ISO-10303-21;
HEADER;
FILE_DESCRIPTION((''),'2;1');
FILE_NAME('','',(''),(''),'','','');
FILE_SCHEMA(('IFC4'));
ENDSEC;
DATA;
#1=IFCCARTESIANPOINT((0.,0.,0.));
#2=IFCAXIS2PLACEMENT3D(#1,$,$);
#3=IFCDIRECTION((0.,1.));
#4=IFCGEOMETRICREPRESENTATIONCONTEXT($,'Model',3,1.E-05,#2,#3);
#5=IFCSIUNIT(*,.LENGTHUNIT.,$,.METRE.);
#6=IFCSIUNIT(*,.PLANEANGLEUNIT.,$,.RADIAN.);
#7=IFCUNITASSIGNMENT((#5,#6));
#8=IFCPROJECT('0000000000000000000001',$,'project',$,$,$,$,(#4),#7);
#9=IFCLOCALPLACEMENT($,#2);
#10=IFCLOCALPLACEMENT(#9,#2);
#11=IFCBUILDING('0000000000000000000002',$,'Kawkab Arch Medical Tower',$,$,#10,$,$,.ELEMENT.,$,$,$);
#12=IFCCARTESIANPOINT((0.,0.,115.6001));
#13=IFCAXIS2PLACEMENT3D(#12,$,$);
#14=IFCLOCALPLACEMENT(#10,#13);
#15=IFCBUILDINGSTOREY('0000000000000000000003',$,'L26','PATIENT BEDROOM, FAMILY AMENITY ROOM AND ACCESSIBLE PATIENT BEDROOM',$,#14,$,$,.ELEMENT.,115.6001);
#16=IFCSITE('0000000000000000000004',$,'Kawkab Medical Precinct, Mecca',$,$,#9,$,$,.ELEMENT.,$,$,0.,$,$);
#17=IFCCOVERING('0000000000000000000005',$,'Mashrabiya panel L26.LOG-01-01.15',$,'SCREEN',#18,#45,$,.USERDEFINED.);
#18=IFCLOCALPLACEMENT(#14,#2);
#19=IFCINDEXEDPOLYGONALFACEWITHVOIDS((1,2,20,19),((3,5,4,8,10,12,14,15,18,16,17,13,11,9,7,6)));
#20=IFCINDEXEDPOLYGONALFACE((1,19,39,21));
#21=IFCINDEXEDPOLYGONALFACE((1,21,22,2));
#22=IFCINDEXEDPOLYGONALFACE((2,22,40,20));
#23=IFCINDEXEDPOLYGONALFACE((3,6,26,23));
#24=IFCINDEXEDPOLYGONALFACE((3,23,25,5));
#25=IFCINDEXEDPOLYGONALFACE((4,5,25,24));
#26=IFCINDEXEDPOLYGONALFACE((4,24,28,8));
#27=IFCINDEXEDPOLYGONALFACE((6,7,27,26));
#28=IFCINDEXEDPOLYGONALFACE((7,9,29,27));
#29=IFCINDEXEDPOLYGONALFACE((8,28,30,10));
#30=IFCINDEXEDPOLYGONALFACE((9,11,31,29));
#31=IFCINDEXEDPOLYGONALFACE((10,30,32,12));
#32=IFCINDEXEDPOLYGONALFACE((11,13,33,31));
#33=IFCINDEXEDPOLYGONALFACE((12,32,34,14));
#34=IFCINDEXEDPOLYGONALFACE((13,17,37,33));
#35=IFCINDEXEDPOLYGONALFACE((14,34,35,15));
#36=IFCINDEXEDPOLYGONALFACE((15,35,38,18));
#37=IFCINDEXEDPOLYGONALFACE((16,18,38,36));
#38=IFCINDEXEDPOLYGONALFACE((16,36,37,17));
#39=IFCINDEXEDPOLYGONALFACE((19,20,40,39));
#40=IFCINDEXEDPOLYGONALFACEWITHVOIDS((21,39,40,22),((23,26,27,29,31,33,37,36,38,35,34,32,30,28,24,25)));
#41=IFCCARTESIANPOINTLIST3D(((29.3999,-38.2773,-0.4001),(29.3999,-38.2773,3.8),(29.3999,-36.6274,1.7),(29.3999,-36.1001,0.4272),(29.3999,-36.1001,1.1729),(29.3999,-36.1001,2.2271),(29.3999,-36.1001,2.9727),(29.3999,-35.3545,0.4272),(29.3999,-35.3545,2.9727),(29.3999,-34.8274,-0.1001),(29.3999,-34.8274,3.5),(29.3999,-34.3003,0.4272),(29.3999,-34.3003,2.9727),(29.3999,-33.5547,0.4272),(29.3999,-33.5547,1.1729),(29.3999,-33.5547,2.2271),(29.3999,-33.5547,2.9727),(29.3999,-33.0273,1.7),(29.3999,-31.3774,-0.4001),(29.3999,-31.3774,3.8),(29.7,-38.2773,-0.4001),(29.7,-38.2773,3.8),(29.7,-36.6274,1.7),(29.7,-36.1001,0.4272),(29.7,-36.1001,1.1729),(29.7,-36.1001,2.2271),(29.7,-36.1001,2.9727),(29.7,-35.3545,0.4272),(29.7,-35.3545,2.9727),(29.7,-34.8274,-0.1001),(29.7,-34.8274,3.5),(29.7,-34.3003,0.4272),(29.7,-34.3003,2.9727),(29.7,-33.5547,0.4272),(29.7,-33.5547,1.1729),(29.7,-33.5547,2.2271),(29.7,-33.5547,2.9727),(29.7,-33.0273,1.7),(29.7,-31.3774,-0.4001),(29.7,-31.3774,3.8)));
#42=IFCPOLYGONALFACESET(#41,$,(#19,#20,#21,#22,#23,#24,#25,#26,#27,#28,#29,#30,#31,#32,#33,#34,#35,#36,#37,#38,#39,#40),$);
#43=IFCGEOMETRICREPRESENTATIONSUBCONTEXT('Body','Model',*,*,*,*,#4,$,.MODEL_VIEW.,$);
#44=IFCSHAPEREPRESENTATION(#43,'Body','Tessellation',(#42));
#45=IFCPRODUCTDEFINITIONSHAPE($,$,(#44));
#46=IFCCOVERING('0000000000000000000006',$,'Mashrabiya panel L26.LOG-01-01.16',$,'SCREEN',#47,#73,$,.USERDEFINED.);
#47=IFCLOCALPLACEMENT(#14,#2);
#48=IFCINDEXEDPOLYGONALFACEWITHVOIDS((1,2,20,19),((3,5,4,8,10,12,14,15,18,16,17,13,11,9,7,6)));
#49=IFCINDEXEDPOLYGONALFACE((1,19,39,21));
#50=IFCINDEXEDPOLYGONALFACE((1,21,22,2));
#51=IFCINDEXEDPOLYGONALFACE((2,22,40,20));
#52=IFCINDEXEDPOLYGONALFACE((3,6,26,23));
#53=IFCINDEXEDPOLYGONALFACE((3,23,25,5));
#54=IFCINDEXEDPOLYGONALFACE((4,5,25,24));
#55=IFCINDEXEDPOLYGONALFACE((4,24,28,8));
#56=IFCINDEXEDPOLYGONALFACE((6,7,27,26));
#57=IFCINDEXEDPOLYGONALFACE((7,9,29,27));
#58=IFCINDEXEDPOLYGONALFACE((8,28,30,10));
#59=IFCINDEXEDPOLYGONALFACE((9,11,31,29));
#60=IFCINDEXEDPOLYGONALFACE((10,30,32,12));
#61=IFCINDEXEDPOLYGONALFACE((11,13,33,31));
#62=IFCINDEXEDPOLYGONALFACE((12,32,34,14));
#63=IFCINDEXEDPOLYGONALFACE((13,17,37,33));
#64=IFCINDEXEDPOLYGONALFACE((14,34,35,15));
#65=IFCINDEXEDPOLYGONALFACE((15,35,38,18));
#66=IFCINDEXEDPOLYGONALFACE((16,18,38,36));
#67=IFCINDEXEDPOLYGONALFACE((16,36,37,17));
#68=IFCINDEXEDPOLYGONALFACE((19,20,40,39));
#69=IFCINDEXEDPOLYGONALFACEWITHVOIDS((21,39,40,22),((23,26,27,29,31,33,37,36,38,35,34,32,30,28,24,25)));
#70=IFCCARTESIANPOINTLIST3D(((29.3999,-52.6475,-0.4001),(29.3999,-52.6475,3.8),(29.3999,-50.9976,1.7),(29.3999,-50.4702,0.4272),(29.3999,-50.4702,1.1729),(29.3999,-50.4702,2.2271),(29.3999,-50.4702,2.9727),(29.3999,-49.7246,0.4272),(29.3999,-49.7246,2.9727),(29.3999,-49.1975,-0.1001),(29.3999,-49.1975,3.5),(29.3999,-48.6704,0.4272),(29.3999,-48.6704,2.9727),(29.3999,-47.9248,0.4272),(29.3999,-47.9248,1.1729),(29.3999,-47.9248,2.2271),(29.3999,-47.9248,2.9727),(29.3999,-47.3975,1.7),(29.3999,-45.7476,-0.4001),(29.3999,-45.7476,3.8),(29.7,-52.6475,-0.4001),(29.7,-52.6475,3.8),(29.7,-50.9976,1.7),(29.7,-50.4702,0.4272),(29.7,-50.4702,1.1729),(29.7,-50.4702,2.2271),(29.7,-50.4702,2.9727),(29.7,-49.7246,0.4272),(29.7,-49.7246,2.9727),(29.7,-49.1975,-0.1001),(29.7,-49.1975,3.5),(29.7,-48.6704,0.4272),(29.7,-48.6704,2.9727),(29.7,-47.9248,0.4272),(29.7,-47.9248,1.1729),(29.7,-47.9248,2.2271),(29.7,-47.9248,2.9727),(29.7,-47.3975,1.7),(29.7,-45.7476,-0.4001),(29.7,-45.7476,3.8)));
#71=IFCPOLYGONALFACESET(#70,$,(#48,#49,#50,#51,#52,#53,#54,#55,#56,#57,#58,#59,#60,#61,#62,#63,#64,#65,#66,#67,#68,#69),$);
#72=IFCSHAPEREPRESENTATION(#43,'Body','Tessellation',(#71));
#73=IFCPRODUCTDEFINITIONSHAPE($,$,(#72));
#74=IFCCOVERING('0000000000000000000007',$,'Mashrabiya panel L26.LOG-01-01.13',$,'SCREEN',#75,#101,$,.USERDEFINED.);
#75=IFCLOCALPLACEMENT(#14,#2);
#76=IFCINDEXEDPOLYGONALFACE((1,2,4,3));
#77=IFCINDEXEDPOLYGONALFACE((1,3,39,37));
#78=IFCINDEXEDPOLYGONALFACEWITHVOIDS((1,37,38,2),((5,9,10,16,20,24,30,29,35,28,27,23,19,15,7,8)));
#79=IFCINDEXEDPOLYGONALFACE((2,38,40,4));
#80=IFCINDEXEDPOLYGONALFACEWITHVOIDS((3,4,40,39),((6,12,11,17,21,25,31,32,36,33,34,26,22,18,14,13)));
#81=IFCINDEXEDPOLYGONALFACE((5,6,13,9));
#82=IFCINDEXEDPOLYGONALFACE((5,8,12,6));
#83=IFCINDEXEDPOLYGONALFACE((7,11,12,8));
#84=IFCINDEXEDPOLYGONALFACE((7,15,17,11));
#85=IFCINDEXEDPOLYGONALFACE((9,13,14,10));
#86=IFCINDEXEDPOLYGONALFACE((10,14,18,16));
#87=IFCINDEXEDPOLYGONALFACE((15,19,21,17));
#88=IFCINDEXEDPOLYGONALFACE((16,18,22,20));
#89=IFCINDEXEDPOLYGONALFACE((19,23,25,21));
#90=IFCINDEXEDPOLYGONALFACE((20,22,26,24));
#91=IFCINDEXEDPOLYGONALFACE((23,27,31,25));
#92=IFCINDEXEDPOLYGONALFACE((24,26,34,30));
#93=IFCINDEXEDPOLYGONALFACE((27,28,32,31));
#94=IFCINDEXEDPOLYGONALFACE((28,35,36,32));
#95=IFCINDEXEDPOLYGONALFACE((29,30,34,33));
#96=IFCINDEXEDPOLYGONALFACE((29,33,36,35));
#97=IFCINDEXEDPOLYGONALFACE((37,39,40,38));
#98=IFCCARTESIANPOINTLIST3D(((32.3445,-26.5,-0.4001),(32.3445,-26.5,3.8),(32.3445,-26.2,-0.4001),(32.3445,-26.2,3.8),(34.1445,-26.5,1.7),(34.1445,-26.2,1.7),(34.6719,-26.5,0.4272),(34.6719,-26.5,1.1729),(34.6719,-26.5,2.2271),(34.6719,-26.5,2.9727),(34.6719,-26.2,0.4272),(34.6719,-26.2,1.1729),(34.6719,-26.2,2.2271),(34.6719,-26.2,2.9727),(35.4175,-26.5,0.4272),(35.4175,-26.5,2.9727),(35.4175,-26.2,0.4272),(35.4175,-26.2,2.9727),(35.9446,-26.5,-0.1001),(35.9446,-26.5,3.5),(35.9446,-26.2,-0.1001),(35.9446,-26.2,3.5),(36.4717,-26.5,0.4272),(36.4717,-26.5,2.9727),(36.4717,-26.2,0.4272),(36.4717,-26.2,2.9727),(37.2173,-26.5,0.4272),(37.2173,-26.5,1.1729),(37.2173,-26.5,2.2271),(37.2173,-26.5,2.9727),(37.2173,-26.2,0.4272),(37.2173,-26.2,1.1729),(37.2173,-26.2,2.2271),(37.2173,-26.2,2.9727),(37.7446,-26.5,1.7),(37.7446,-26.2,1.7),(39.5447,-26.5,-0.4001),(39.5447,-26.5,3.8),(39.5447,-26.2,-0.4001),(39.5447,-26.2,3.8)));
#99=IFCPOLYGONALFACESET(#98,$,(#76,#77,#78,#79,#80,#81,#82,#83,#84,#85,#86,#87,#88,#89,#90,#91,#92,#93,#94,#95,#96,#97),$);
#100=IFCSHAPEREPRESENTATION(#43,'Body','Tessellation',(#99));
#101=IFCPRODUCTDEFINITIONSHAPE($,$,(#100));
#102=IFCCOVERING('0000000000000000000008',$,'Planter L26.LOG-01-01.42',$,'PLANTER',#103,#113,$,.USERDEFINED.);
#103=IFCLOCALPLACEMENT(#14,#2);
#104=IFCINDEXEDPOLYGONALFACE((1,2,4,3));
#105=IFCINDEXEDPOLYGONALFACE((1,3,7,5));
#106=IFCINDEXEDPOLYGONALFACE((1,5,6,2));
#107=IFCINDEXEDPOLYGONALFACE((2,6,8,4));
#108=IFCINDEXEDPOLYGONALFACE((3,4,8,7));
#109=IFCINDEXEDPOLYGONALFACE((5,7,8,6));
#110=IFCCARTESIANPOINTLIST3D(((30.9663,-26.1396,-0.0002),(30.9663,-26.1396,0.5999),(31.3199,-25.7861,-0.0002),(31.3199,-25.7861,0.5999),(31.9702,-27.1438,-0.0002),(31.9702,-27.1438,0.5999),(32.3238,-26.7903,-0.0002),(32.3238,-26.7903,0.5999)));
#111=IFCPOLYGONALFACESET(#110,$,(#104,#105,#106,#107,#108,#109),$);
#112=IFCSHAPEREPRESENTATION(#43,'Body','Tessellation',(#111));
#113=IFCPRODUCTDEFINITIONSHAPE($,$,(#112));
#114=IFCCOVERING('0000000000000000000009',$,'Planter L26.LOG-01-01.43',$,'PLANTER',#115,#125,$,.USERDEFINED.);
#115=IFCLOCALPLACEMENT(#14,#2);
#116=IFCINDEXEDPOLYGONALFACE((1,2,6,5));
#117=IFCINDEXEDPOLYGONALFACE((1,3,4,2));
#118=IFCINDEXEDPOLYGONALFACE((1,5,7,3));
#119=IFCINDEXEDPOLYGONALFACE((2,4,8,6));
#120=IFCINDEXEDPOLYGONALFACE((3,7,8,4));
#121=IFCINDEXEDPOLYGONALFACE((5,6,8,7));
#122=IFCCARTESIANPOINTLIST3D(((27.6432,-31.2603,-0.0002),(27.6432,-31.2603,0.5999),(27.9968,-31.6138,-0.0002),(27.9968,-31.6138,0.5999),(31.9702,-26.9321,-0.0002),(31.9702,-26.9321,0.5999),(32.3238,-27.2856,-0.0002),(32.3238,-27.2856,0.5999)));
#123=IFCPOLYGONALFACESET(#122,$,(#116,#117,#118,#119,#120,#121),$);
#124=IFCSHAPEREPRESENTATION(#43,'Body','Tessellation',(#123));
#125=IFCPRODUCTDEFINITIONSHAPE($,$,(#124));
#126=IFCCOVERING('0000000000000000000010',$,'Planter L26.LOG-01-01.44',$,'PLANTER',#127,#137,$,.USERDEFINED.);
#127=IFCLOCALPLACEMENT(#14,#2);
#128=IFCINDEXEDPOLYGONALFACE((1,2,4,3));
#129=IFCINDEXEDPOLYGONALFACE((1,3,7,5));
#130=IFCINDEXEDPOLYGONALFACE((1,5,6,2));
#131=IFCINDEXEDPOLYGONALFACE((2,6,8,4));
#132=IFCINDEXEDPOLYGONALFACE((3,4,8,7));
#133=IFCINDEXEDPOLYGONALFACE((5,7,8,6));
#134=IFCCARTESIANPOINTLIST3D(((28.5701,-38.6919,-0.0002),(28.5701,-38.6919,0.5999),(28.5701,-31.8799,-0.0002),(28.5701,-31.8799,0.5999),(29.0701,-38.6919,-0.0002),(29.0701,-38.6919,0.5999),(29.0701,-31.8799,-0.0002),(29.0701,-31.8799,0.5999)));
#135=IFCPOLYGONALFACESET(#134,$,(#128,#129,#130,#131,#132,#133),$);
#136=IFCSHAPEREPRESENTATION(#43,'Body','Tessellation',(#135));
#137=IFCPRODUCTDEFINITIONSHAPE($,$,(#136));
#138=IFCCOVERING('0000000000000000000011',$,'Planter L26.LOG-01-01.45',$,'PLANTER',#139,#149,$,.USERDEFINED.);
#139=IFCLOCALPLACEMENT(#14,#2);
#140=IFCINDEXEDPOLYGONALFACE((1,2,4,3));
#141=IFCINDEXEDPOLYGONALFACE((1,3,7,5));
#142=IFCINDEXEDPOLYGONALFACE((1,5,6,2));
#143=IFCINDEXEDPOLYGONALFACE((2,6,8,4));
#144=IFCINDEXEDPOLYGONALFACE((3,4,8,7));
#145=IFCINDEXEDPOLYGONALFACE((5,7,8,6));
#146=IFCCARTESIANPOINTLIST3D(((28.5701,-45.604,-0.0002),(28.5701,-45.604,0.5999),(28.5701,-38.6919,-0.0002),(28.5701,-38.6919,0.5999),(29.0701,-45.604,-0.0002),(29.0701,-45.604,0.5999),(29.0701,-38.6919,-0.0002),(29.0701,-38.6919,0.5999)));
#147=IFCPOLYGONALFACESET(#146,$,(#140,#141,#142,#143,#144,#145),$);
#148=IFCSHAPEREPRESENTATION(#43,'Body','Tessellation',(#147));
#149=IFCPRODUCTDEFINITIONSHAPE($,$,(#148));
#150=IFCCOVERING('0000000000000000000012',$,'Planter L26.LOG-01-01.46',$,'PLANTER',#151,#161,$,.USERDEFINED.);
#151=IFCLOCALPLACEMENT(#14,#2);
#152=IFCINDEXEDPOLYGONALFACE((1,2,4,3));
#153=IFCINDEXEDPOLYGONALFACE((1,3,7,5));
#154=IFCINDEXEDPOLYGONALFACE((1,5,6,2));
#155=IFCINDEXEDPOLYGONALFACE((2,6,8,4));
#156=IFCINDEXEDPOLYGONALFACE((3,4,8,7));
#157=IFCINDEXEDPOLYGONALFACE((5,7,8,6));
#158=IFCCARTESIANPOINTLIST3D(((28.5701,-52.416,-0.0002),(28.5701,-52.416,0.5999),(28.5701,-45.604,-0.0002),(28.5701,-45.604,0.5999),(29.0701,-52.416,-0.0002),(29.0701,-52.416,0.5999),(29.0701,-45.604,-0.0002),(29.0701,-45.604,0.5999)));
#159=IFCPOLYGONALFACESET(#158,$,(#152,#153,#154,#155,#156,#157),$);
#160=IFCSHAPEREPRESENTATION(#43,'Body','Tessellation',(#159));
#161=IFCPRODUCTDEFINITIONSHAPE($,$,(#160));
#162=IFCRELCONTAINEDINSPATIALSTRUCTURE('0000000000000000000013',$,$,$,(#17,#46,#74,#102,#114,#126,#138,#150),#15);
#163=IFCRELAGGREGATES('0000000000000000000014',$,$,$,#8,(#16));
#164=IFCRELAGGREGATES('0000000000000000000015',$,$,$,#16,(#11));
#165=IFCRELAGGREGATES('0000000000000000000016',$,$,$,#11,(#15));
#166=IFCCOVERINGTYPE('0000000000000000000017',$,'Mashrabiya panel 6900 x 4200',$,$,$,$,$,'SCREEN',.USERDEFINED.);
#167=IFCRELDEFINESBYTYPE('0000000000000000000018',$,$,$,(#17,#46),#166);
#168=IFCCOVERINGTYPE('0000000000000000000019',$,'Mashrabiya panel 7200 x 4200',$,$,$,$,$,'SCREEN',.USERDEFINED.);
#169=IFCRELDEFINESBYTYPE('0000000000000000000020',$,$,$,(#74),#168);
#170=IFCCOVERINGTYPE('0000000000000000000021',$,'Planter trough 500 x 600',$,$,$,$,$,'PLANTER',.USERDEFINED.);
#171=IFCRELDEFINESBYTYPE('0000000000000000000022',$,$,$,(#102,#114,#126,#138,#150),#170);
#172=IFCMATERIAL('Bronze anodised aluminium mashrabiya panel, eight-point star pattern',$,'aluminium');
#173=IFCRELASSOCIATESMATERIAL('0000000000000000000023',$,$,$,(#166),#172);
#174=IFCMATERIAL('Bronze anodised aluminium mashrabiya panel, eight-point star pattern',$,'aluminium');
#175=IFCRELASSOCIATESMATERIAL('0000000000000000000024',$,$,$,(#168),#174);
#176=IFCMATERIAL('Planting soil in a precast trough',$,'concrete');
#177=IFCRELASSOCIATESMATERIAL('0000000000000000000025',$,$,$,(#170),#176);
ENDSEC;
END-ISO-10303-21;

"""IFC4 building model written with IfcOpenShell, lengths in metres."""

from ifc_helpers import new_model, si_unit, direction, frame, origin, origin_2d, place, context, subcontext, project, spatial, polyline, rectangle, outline, extrude, material, material_profile, profile_set, type_object, element, save


model = new_model("IFC4")

# Units and contexts
model_context = context("Model", 3, precision=1e-05, world=origin(), true_north=direction((0.0, 1.0)))
body_context = subcontext(model_context, "Body", "Model", "MODEL_VIEW")
ifc_project = project(units=[si_unit("LENGTHUNIT", "METRE"), si_unit("PLANEANGLEUNIT", "RADIAN")], contexts=[model_context])

# Site, building, storey
site_placement = place(None, origin())
site = spatial("IfcSite", under=ifc_project, at=site_placement, Name="Kawkab Medical Precinct, Mecca", CompositionType="ELEMENT", RefElevation=0.0)
building_placement = place(site_placement, origin())
building = spatial("IfcBuilding", under=site, at=building_placement, Name="Kawkab Arch Medical Tower", CompositionType="ELEMENT")
storey_placement = place(building_placement, frame((0.0, 0.0, 115.6001)))
storey = spatial("IfcBuildingStorey", under=building, at=storey_placement, Name="L26", Description="PATIENT BEDROOM, FAMILY AMENITY ROOM AND ACCESSIBLE PATIENT BEDROOM", CompositionType="ELEMENT", Elevation=115.6001)

# Coverings
ifc_material_1 = material(Name="Bronze anodised aluminium mashrabiya panel, eight-point star pattern", Category="aluminium")
ifc_material_profile_1 = material_profile(ifc_material_1, outline(polyline([(-3.45, -2.1001), (3.45, -2.1001), (3.45, 2.1001), (-3.45, 2.1001), (-3.45, -2.1001)]), holes=[polyline([(1.8, 0.0), (1.2727, 0.5271), (1.2727, 1.2727), (0.5271, 1.2727), (0.0, 1.8), (-0.5271, 1.2727), (-1.2727, 1.2727), (-1.2727, 0.5271), (-1.8, 0.0), (-1.2727, -0.5271), (-1.2727, -1.2727), (-0.5271, -1.2727), (0.0, -1.8), (0.5271, -1.2727), (1.2727, -1.2727), (1.2727, -0.5271), (1.8, 0.0)])]), Name="Mashrabiya panel 6900x4200")
ifc_profile_set_1 = profile_set([ifc_material_profile_1], Name="Bronze anodised aluminium mashrabiya panel, eight-point star pattern")
covering_type_1 = type_object("IfcCoveringType", Name="Mashrabiya panel 6900 x 4200", ElementType="SCREEN", PredefinedType="USERDEFINED", material=ifc_profile_set_1)
for number, where, z_axis, x_axis, name in (
    (1, (29.3999, -34.8274, 1.7), (1.0, 0.0, 0.0), (0.0, 1.0, 0.0), "Mashrabiya panel L26.LOG-01-01.15"),
    (2, (29.3999, -49.1975, 1.7), (1.0, 0.0, 0.0), (0.0, 1.0, 0.0), "Mashrabiya panel L26.LOG-01-01.16"),
):
    element("IfcCovering", number, at=place(storey_placement, frame(where, z_axis=z_axis, x_axis=x_axis)), inside=storey, type_object=covering_type_1, Name=name, ObjectType="SCREEN", PredefinedType="USERDEFINED", context=body_context, shape_type="SweptSolid", body=[
        extrude(outline(polyline([(-3.45, -2.1001), (3.45, -2.1001), (3.45, 2.1001), (-3.45, 2.1001), (-3.45, -2.1001)]), holes=[polyline([(1.8, 0.0), (1.2727, 0.5271), (1.2727, 1.2727), (0.5271, 1.2727), (0.0, 1.8), (-0.5271, 1.2727), (-1.2727, 1.2727), (-1.2727, 0.5271), (-1.8, 0.0), (-1.2727, -0.5271), (-1.2727, -1.2727), (-0.5271, -1.2727), (0.0, -1.8), (0.5271, -1.2727), (1.2727, -1.2727), (1.2727, -0.5271), (1.8, 0.0)])]), origin(), (0.0, 0.0, 1.0), 0.3),
    ])
ifc_material_2 = material(Name="Bronze anodised aluminium mashrabiya panel, eight-point star pattern", Category="aluminium")
ifc_material_profile_2 = material_profile(ifc_material_2, outline(polyline([(-3.6001, -2.1001), (3.6001, -2.1001), (3.6001, 2.1001), (-3.6001, 2.1001), (-3.6001, -2.1001)]), holes=[polyline([(1.8, 0.0), (1.2727, 0.5271), (1.2727, 1.2727), (0.5271, 1.2727), (0.0, 1.8), (-0.5271, 1.2727), (-1.2727, 1.2727), (-1.2727, 0.5271), (-1.8, 0.0), (-1.2727, -0.5271), (-1.2727, -1.2727), (-0.5271, -1.2727), (0.0, -1.8), (0.5271, -1.2727), (1.2727, -1.2727), (1.2727, -0.5271), (1.8, 0.0)])]), Name="Mashrabiya panel 7200x4200")
ifc_profile_set_2 = profile_set([ifc_material_profile_2], Name="Bronze anodised aluminium mashrabiya panel, eight-point star pattern")
covering_type_2 = type_object("IfcCoveringType", Name="Mashrabiya panel 7200 x 4200", ElementType="SCREEN", PredefinedType="USERDEFINED", material=ifc_profile_set_2)
covering_1_placement = place(storey_placement, frame((35.9446, -26.2, 1.7), z_axis=(0.0, -1.0, 0.0), x_axis=(1.0, 0.0, 0.0)))
element("IfcCovering", 3, at=covering_1_placement, inside=storey, type_object=covering_type_2, Name="Mashrabiya panel L26.LOG-01-01.13", ObjectType="SCREEN", PredefinedType="USERDEFINED", context=body_context, shape_type="SweptSolid", body=[
    extrude(outline(polyline([(-3.6001, -2.1001), (3.6001, -2.1001), (3.6001, 2.1001), (-3.6001, 2.1001), (-3.6001, -2.1001)]), holes=[polyline([(1.8, 0.0), (1.2727, 0.5271), (1.2727, 1.2727), (0.5271, 1.2727), (0.0, 1.8), (-0.5271, 1.2727), (-1.2727, 1.2727), (-1.2727, 0.5271), (-1.8, 0.0), (-1.2727, -0.5271), (-1.2727, -1.2727), (-0.5271, -1.2727), (0.0, -1.8), (0.5271, -1.2727), (1.2727, -1.2727), (1.2727, -0.5271), (1.8, 0.0)])]), origin(), (0.0, 0.0, 1.0), 0.3),
])
ifc_material_3 = material(Name="Planting soil in a precast trough", Category="concrete")
ifc_material_profile_3 = material_profile(ifc_material_3, rectangle(XDim=0.5, YDim=0.6001, at=origin_2d()), Name="Trough 500x600")
ifc_profile_set_3 = profile_set([ifc_material_profile_3], Name="Planting soil in a precast trough")
covering_type_3 = type_object("IfcCoveringType", Name="Planter trough 500 x 600", ElementType="PLANTER", PredefinedType="USERDEFINED", material=ifc_profile_set_3)
covering_2_placement = place(storey_placement, frame((31.1431, -25.9629, 0.2998), z_axis=(0.707021, -0.707193, 0.0), x_axis=(0.707193, 0.707021, 0.0)))
element("IfcCovering", 4, at=covering_2_placement, inside=storey, type_object=covering_type_3, Name="Planter L26.LOG-01-01.42", ObjectType="PLANTER", PredefinedType="USERDEFINED", context=body_context, shape_type="SweptSolid", body=[
    extrude(rectangle(XDim=0.5, YDim=0.6001, at=origin_2d()), origin(), (0.0, 0.0, 1.0), 1.4199),
])
covering_3_placement = place(storey_placement, frame((32.147, -27.1089, 0.2998), z_axis=(-0.707007, -0.707207, 0.0), x_axis=(0.707207, -0.707007, 0.0)))
element("IfcCovering", 5, at=covering_3_placement, inside=storey, type_object=covering_type_3, Name="Planter L26.LOG-01-01.43", ObjectType="PLANTER", PredefinedType="USERDEFINED", context=body_context, shape_type="SweptSolid", body=[
    extrude(rectangle(XDim=0.5, YDim=0.6001, at=origin_2d()), origin(), (0.0, 0.0, 1.0), 6.1201),
])
covering_4_placement = place(storey_placement, frame((28.8201, -31.8799, 0.2998), z_axis=(0.0, -1.0, 0.0), x_axis=(1.0, 0.0, 0.0)))
element("IfcCovering", 6, at=covering_4_placement, inside=storey, type_object=covering_type_3, Name="Planter L26.LOG-01-01.44", ObjectType="PLANTER", PredefinedType="USERDEFINED", context=body_context, shape_type="SweptSolid", body=[
    extrude(rectangle(XDim=0.5, YDim=0.6001, at=origin_2d()), origin(), (0.0, 0.0, 1.0), 6.812),
])
covering_5_placement = place(storey_placement, frame((28.8201, -38.6919, 0.2998), z_axis=(0.0, -1.0, 0.0), x_axis=(1.0, 0.0, 0.0)))
element("IfcCovering", 7, at=covering_5_placement, inside=storey, type_object=covering_type_3, Name="Planter L26.LOG-01-01.45", ObjectType="PLANTER", PredefinedType="USERDEFINED", context=body_context, shape_type="SweptSolid", body=[
    extrude(rectangle(XDim=0.5, YDim=0.6001, at=origin_2d()), origin(), (0.0, 0.0, 1.0), 6.9121),
])
covering_6_placement = place(storey_placement, frame((28.8201, -45.604, 0.2998), z_axis=(0.0, -1.0, 0.0), x_axis=(1.0, 0.0, 0.0)))
element("IfcCovering", 8, at=covering_6_placement, inside=storey, type_object=covering_type_3, Name="Planter L26.LOG-01-01.46", ObjectType="PLANTER", PredefinedType="USERDEFINED", context=body_context, shape_type="SweptSolid", body=[
    extrude(rectangle(XDim=0.5, YDim=0.6001, at=origin_2d()), origin(), (0.0, 0.0, 1.0), 6.812),
])

save(model, "model.ifc")
